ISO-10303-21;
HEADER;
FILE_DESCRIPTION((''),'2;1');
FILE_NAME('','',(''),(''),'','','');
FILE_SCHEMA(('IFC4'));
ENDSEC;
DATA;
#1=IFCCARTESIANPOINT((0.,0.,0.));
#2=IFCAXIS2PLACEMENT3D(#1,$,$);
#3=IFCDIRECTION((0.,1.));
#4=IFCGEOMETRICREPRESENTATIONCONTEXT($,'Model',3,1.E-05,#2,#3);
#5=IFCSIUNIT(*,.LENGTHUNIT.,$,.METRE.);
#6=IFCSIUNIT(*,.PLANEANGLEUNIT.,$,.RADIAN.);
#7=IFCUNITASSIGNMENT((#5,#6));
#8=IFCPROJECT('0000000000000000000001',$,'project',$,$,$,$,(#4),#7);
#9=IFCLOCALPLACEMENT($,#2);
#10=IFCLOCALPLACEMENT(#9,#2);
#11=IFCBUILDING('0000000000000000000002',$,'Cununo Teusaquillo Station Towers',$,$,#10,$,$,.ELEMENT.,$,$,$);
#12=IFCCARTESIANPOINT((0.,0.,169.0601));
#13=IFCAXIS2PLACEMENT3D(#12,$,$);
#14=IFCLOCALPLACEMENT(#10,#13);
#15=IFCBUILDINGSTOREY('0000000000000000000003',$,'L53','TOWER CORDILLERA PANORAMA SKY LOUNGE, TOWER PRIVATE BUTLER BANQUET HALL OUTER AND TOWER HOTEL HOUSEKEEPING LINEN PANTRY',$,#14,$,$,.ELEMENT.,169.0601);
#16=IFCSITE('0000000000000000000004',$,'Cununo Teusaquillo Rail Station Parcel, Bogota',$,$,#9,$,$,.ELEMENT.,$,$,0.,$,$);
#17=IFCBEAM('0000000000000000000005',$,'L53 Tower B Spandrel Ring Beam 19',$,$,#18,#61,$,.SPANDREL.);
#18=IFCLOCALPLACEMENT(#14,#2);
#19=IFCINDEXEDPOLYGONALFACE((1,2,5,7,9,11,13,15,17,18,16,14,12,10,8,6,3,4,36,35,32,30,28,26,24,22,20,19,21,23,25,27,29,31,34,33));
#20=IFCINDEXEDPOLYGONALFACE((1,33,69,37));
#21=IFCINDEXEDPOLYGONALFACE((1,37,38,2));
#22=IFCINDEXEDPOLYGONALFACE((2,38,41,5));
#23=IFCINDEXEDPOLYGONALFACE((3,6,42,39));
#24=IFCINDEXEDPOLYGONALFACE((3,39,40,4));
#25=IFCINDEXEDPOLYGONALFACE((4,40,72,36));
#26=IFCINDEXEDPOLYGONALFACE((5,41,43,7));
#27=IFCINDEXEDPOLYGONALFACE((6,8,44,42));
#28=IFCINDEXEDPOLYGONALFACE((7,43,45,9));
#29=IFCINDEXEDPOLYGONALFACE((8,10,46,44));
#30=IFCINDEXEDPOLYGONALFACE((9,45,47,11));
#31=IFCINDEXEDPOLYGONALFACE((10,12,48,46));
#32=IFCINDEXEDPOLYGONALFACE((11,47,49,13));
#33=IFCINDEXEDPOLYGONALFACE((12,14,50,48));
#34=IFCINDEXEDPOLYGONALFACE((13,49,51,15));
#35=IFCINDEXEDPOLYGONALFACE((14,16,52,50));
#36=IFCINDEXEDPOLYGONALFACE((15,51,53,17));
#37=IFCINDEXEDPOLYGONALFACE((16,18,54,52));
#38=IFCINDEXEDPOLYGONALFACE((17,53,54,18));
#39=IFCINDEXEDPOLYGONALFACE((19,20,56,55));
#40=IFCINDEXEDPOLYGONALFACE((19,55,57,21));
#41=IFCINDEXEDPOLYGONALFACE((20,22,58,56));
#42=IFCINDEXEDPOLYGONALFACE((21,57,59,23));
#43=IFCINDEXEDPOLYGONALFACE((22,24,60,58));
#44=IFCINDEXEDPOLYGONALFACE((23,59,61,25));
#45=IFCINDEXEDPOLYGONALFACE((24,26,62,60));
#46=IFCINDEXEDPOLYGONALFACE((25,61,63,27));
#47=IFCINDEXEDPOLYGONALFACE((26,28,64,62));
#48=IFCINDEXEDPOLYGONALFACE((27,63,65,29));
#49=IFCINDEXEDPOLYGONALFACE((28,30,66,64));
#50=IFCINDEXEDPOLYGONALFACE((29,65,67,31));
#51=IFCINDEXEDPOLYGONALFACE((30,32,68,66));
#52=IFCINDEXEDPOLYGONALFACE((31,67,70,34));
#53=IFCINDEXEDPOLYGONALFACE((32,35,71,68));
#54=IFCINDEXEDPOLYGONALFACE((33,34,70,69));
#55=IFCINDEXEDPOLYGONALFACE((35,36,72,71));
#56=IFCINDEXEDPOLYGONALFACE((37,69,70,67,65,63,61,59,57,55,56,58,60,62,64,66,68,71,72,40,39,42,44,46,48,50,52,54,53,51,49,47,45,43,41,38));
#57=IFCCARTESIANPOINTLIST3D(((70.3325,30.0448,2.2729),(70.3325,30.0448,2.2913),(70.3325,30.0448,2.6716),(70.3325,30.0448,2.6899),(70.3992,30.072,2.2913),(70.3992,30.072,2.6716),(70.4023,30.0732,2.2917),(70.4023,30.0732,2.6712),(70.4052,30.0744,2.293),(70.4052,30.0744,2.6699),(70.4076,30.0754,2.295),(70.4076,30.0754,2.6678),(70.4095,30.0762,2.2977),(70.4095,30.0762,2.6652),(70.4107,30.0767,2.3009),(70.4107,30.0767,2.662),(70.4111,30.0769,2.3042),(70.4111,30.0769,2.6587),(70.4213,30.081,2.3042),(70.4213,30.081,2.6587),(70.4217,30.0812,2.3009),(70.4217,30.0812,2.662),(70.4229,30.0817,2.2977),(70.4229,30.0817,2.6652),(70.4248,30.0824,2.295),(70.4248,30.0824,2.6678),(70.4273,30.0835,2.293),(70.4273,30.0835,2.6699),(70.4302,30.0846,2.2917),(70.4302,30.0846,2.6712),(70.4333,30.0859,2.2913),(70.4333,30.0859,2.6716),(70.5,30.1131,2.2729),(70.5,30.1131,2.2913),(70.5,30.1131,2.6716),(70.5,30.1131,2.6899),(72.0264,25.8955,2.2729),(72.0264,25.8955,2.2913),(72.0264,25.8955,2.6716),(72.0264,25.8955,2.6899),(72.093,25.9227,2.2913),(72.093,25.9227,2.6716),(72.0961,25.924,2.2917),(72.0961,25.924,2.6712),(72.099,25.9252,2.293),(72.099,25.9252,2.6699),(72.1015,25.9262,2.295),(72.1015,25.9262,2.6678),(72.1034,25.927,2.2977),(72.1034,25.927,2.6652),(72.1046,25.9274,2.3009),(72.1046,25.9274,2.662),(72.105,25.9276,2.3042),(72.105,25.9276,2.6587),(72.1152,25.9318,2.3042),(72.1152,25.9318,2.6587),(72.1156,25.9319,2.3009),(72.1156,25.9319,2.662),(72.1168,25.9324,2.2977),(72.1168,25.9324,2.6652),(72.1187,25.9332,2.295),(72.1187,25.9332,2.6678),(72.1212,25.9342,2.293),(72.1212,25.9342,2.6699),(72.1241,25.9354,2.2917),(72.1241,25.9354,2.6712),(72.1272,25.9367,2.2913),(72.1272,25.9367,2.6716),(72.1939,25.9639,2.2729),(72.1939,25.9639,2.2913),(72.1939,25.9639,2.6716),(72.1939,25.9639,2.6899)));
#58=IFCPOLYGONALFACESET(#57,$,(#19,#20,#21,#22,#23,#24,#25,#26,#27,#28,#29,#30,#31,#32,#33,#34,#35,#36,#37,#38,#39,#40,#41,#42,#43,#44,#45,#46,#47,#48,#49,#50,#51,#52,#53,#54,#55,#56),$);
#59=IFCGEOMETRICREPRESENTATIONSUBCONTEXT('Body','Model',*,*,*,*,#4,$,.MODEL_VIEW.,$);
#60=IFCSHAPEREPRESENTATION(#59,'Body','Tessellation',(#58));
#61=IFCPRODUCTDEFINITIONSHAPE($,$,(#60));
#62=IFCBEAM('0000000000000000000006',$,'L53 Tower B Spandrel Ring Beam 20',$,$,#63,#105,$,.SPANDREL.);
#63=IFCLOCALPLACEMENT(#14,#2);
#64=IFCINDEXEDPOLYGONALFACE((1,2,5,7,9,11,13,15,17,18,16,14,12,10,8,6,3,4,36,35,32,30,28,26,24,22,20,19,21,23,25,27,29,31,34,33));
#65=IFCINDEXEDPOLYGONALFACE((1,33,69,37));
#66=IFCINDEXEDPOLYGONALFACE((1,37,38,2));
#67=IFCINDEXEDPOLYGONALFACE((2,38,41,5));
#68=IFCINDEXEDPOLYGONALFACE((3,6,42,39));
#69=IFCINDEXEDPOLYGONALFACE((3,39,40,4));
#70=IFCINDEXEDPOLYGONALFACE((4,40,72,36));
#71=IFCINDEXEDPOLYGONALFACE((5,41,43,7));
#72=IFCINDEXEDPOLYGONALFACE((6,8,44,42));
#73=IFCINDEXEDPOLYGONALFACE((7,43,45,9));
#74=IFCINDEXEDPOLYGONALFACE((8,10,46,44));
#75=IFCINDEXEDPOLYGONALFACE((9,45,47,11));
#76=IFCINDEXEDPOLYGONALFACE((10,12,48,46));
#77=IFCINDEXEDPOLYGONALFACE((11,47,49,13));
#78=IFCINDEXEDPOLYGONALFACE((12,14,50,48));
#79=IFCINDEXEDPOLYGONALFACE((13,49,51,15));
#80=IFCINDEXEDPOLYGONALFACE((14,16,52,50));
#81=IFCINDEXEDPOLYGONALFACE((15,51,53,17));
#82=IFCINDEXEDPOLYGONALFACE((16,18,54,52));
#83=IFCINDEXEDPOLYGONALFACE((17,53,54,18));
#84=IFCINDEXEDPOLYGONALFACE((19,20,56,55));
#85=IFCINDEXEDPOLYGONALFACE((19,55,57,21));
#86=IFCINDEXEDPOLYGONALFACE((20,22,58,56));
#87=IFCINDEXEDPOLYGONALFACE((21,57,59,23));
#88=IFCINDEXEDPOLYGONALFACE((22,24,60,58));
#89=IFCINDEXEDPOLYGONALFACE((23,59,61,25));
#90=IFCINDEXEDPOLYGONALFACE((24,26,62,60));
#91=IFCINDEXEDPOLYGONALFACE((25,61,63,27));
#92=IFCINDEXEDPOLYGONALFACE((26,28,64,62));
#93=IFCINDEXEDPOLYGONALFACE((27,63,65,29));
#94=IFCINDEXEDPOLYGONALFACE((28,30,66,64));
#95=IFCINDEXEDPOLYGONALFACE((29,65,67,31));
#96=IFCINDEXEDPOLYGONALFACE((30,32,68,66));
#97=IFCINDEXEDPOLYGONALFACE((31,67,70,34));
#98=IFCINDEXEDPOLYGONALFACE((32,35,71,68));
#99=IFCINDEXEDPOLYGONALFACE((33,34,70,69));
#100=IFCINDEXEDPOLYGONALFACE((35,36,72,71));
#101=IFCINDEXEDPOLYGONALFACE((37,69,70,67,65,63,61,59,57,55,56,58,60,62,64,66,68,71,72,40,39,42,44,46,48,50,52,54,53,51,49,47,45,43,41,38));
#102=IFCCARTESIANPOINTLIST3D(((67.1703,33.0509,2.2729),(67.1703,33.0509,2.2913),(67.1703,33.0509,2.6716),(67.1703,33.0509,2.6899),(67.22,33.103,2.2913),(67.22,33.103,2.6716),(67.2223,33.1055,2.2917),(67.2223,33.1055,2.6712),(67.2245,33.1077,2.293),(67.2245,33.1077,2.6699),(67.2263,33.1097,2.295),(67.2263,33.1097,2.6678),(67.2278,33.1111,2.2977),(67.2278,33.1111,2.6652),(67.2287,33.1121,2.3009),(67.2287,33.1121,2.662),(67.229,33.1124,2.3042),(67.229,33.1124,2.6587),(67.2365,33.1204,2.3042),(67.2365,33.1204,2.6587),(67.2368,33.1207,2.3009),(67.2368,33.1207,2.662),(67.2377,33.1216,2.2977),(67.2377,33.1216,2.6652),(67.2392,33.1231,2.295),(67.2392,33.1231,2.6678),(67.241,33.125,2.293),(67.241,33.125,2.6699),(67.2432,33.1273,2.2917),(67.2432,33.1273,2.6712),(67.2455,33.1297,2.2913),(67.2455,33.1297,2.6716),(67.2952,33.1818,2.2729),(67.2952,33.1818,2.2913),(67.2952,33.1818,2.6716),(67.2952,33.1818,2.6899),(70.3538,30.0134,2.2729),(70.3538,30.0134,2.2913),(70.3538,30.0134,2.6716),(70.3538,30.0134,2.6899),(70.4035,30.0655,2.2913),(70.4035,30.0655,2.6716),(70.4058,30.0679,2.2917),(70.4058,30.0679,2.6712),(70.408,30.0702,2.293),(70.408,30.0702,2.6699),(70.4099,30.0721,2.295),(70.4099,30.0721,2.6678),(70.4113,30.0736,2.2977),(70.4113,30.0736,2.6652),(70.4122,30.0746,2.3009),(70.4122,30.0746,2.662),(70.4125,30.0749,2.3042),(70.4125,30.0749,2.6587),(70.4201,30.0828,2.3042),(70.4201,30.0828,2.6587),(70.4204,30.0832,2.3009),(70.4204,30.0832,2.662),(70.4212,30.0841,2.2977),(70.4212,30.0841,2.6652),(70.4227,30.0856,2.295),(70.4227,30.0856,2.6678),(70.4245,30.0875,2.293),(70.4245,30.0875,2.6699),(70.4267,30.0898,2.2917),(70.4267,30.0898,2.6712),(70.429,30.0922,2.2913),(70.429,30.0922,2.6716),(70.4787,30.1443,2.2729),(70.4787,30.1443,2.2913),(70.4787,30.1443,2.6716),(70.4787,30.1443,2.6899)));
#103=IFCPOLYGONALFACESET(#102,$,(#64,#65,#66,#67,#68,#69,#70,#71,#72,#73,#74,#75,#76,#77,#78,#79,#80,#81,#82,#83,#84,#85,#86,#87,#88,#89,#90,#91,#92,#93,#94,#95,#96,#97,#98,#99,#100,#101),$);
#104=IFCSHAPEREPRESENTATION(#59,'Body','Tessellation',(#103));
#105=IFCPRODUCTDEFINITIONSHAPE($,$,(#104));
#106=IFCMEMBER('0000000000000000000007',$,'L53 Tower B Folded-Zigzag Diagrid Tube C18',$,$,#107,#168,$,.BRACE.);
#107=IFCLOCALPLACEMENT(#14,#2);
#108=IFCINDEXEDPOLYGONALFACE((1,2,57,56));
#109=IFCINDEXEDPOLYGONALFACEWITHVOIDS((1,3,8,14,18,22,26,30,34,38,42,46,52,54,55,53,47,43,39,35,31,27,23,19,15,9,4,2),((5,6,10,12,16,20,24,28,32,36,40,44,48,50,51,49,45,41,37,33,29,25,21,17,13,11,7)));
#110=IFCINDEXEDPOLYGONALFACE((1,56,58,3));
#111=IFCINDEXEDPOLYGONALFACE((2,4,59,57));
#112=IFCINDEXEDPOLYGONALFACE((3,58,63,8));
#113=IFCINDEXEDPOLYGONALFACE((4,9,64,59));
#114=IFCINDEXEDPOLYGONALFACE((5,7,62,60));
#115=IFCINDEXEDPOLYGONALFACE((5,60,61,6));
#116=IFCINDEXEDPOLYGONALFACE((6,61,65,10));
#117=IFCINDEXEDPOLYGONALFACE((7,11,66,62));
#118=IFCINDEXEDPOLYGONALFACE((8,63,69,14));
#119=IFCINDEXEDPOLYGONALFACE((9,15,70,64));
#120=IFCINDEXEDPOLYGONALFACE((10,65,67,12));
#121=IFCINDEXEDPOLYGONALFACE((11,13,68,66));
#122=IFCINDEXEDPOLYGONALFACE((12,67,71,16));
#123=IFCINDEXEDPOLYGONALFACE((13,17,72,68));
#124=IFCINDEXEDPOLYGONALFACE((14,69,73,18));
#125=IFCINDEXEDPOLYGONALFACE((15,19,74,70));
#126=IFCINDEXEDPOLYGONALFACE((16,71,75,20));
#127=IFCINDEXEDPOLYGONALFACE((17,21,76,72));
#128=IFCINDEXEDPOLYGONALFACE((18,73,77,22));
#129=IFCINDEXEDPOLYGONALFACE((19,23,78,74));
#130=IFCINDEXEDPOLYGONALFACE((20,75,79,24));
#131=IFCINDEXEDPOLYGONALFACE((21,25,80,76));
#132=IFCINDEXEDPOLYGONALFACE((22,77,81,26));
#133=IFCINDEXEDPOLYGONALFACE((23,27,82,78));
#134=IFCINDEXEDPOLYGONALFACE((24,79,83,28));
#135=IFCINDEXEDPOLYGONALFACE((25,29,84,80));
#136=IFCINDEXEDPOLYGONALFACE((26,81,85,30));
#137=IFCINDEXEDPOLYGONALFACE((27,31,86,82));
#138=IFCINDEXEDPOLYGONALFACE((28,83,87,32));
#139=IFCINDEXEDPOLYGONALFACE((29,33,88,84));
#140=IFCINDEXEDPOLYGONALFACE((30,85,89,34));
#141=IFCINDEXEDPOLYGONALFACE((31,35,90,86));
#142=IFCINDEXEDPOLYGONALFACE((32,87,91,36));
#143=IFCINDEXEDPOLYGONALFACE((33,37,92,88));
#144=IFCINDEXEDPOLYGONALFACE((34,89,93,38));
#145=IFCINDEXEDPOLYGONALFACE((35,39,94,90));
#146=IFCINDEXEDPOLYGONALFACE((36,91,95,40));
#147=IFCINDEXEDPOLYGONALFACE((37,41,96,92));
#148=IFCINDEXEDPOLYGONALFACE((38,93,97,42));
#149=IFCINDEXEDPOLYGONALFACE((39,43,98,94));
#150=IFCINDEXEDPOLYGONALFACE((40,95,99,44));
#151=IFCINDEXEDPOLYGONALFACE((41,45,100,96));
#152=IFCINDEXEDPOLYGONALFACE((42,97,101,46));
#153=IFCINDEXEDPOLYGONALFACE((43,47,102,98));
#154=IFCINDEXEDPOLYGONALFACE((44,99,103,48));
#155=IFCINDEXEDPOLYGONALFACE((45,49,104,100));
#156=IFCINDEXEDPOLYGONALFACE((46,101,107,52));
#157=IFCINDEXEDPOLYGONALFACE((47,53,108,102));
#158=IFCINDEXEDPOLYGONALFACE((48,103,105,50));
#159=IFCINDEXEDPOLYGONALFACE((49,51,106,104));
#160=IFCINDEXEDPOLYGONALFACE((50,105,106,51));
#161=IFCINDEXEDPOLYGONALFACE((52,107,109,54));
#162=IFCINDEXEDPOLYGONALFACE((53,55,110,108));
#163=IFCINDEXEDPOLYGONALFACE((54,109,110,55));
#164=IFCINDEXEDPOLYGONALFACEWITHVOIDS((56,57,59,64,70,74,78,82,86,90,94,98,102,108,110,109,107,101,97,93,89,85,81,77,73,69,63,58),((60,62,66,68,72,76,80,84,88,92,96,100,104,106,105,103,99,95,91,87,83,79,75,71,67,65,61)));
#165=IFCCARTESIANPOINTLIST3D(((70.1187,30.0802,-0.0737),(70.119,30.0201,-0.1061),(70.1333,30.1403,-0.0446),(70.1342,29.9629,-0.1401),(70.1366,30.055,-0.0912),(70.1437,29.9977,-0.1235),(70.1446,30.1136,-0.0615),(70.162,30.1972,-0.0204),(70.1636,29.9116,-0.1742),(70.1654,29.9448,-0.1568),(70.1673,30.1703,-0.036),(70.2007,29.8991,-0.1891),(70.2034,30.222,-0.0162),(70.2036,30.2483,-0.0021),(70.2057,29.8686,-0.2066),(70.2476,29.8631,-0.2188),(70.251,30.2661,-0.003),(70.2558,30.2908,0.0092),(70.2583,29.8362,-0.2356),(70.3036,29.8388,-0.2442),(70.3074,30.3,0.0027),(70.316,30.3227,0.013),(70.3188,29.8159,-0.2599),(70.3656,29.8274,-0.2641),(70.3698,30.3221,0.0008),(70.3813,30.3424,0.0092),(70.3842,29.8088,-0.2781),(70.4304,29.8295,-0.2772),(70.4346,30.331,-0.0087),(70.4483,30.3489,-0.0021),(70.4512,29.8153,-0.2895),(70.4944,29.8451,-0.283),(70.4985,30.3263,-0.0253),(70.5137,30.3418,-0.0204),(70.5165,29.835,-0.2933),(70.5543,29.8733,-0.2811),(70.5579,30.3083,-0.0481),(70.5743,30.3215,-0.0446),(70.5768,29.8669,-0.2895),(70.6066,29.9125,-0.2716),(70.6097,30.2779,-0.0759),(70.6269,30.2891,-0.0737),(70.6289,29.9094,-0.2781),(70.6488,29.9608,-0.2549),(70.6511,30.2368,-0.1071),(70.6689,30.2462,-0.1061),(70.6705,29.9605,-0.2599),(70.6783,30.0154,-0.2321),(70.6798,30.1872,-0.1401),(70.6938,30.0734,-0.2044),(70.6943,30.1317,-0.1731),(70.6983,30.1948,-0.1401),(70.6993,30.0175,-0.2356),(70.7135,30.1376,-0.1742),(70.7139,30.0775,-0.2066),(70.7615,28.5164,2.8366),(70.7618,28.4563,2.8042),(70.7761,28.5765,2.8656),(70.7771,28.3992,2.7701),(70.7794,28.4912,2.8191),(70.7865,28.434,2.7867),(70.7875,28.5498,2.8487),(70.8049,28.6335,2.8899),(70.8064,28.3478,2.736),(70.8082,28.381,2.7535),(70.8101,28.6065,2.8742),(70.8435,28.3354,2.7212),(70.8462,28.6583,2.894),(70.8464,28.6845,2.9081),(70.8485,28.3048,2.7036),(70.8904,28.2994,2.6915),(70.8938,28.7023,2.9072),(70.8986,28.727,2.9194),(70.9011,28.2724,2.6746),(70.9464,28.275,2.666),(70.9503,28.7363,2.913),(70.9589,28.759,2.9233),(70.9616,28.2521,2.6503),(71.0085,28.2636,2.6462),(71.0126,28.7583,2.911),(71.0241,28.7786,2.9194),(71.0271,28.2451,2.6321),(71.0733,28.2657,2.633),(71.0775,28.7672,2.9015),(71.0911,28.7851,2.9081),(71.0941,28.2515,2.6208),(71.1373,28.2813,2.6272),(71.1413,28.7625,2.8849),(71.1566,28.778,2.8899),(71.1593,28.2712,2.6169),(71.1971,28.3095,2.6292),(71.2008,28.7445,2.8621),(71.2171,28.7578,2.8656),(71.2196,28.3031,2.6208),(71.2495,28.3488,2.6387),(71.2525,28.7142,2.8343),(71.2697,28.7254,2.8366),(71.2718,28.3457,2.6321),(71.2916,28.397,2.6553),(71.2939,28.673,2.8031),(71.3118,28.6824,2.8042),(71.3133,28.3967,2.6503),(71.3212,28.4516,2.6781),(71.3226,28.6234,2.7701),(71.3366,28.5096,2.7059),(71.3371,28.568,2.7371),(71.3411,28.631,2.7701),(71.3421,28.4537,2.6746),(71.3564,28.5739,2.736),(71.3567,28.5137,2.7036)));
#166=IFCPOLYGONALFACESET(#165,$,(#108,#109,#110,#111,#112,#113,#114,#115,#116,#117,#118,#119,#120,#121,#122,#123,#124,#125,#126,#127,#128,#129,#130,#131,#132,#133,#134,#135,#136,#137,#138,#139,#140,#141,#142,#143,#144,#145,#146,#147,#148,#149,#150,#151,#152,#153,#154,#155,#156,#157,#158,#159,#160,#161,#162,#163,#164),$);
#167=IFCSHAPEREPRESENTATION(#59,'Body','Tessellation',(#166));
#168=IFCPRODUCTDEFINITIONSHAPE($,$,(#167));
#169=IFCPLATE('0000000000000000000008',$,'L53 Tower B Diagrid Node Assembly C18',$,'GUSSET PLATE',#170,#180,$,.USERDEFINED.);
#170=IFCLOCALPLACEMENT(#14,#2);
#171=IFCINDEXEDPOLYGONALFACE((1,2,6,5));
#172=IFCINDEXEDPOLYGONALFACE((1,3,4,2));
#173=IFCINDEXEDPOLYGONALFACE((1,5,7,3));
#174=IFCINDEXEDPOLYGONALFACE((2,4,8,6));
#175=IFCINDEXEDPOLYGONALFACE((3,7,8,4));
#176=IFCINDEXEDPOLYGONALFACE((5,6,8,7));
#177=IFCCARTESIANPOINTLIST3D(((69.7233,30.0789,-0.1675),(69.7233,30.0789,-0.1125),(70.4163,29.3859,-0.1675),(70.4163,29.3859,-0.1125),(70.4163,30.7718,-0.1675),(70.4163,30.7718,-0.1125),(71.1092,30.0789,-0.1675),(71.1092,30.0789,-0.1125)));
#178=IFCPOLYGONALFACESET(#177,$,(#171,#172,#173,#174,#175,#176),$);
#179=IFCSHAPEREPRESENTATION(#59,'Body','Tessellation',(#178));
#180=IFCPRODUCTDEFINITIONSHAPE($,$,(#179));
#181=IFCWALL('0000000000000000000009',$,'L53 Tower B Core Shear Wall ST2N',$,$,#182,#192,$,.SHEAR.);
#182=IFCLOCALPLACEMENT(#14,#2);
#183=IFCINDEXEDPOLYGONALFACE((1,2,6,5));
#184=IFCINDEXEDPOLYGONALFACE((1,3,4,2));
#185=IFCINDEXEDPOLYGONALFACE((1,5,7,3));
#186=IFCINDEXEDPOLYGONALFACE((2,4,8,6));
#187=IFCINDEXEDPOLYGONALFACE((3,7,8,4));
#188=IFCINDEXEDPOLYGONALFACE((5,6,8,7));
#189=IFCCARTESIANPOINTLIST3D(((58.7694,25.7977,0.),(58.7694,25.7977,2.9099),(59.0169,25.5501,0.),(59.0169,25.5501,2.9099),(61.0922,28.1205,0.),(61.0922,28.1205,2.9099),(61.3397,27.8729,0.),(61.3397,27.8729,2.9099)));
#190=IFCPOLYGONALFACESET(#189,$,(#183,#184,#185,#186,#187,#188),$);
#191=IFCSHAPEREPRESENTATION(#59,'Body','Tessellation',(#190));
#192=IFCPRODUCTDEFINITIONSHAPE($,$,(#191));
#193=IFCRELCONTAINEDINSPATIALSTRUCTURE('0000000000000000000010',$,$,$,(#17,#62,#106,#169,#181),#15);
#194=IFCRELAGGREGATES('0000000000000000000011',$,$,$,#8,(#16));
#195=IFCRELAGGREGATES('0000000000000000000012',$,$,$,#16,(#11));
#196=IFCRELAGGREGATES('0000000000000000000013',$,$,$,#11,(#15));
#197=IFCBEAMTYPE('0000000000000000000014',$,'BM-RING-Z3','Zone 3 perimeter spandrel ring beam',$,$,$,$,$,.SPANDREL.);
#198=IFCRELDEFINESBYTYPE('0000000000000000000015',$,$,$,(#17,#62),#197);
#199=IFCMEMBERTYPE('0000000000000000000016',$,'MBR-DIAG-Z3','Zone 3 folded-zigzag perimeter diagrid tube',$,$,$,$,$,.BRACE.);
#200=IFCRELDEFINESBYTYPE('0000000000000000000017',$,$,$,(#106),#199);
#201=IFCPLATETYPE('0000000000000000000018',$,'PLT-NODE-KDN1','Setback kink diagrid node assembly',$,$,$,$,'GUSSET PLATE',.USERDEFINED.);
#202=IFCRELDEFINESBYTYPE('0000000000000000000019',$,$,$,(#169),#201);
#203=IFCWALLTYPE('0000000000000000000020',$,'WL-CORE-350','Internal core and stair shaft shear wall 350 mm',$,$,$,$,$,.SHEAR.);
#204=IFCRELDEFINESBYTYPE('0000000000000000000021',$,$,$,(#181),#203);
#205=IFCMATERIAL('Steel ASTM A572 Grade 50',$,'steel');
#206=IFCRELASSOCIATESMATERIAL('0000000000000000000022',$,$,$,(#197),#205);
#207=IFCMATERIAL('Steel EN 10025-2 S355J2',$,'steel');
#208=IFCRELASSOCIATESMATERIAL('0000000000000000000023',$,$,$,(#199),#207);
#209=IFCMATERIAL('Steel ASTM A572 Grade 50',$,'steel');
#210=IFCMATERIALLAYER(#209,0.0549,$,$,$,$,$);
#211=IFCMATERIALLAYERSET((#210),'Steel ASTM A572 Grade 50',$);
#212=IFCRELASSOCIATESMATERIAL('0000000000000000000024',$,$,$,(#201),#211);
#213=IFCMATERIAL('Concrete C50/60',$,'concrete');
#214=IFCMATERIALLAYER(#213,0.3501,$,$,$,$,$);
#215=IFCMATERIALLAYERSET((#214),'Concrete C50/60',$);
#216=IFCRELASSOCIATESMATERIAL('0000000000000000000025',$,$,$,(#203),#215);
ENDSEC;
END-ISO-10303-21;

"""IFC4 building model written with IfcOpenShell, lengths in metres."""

from ifc_helpers import new_model, si_unit, direction, frame, frame_2d, origin, origin_2d, place, context, subcontext, project, spatial, rectangle, hollow_circle, i_section, extrude, source, transform, mapped, material, layer, layer_set, material_profile, profile_set, type_object, element, save


model = new_model("IFC4")

# Units and contexts
model_context = context("Model", 3, precision=1e-05, world=origin(), true_north=direction((0.0, 1.0)))
body_context = subcontext(model_context, "Body", "Model", "MODEL_VIEW")
ifc_project = project(units=[si_unit("LENGTHUNIT", "METRE"), si_unit("PLANEANGLEUNIT", "RADIAN")], contexts=[model_context])

# Site, building, storey
site_placement = place(None, origin())
site = spatial("IfcSite", under=ifc_project, at=site_placement, Name="Cununo Teusaquillo Rail Station Parcel, Bogota", CompositionType="ELEMENT", RefElevation=0.0)
building_placement = place(site_placement, origin())
building = spatial("IfcBuilding", under=site, at=building_placement, Name="Cununo Teusaquillo Station Towers", CompositionType="ELEMENT")
storey_placement = place(building_placement, frame((0.0, 0.0, 169.0601)))
storey = spatial("IfcBuildingStorey", under=building, at=storey_placement, Name="L53", Description="TOWER CORDILLERA PANORAMA SKY LOUNGE, TOWER PRIVATE BUTLER BANQUET HALL OUTER AND TOWER HOTEL HOUSEKEEPING LINEN PANTRY", CompositionType="ELEMENT", Elevation=169.0601)

# Beams
ifc_material_1 = material(Name="Steel ASTM A572 Grade 50", Category="steel")
ifc_material_profile_1 = material_profile(ifc_material_1, i_section(OverallWidth=0.1809, OverallDepth=0.417, WebThickness=0.011, FlangeThickness=0.0183, FilletRadius=0.0129, at=origin_2d()), Name="W16X57")
ifc_profile_set_1 = profile_set([ifc_material_profile_1], Name="Steel ASTM A572 Grade 50")
beam_type_1 = type_object("IfcBeamType", Name="BM-RING-Z3", Description="Zone 3 perimeter spandrel ring beam", PredefinedType="SPANDREL", material=ifc_profile_set_1)
beam_1_placement = place(storey_placement, frame((72.1101, 25.9297, 2.4814), z_axis=(-0.377956, 0.925824, 0.0), x_axis=(-0.925824, -0.377956, 0.0)))
element("IfcBeam", 1, at=beam_1_placement, inside=storey, type_object=beam_type_1, Name="L53 Tower B Spandrel Ring Beam 19", PredefinedType="SPANDREL", context=body_context, shape_type="SweptSolid", body=[
    extrude(i_section(OverallWidth=0.1809, OverallDepth=0.417, WebThickness=0.011, FlangeThickness=0.0183, FilletRadius=0.0129, at=origin_2d()), origin(), (0.0, 0.0, 1.0), 4.4817),
])
beam_2_placement = place(storey_placement, frame((70.4163, 30.0789, 2.4814), z_axis=(-0.723502, 0.690323, 0.0), x_axis=(-0.690323, -0.723502, 0.0)))
element("IfcBeam", 2, at=beam_2_placement, inside=storey, type_object=beam_type_1, Name="L53 Tower B Spandrel Ring Beam 20", PredefinedType="SPANDREL", context=body_context, shape_type="SweptSolid", body=[
    extrude(i_section(OverallWidth=0.1809, OverallDepth=0.417, WebThickness=0.011, FlangeThickness=0.0183, FilletRadius=0.0129, at=origin_2d()), origin(), (0.0, 0.0, 1.0), 4.4001),
])

# Member
ifc_material_2 = material(Name="Steel EN 10025-2 S355J2", Category="steel")
ifc_material_profile_2 = material_profile(ifc_material_2, hollow_circle(Radius=0.3049, WallThickness=0.02, at=origin_2d()), Name="CHS 610x20")
ifc_profile_set_2 = profile_set([ifc_material_profile_2], Name="Steel EN 10025-2 S355J2")
member_type = type_object("IfcMemberType", Name="MBR-DIAG-Z3", Description="Zone 3 folded-zigzag perimeter diagrid tube", PredefinedType="BRACE", material=ifc_profile_set_2)
member_placement = place(storey_placement, frame((70.4163, 30.0789, -0.1401), z_axis=(0.190996, -0.464615, 0.86467), x_axis=(0.924899, 0.380212, 0.0)))
element("IfcMember", 3, at=member_placement, inside=storey, type_object=member_type, Name="L53 Tower B Folded-Zigzag Diagrid Tube C18", PredefinedType="BRACE", context=body_context, shape_type="SweptSolid", body=[
    extrude(hollow_circle(Radius=0.3049, WallThickness=0.02, at=origin_2d()), origin(), (0.0, 0.0, 1.0), 3.3657),
])

# Plate
ifc_material_3 = material(Name="Steel ASTM A572 Grade 50", Category="steel")
ifc_layer_1 = layer(ifc_material_3, 0.0549)
ifc_layer_set_1 = layer_set([ifc_layer_1], Name="Steel ASTM A572 Grade 50")
plate_type = type_object("IfcPlateType", Name="PLT-NODE-KDN1", Description="Setback kink diagrid node assembly", ElementType="GUSSET PLATE", PredefinedType="USERDEFINED", material=ifc_layer_set_1)
shared_shape_1 = source(origin(), body_context, "Body", "SweptSolid", [
    extrude(rectangle(XDim=0.98, YDim=0.98, at=origin_2d()), origin(), (0.0, 0.0, 1.0), 0.0549),
])
plate_placement = place(storey_placement, frame((70.4163, 30.0789, -0.1675), z_axis=(0.0, 0.0, 1.0), x_axis=(0.707107, 0.707107, 0.0)))
element("IfcPlate", 4, at=plate_placement, inside=storey, type_object=plate_type, Name="L53 Tower B Diagrid Node Assembly C18", ObjectType="GUSSET PLATE", PredefinedType="USERDEFINED", context=body_context, shape_type="MappedRepresentation", body=[
    mapped(shared_shape_1, transform((0.0, 0.0, 0.0), x_axis=(1.0, 0.0, 0.0), y_axis=(0.0, 1.0, 0.0), z_axis=(0.0, 0.0, 1.0), scale=1.0)),
])

# Wall
ifc_material_4 = material(Name="Concrete C50/60", Category="concrete")
ifc_layer_2 = layer(ifc_material_4, 0.3501)
ifc_layer_set_2 = layer_set([ifc_layer_2], Name="Concrete C50/60")
wall_type_1 = type_object("IfcWallType", Name="WL-CORE-350", Description="Internal core and stair shaft shear wall 350 mm", PredefinedType="SHEAR", material=ifc_layer_set_2)
wall_1_placement = place(storey_placement, frame((58.8931, 25.6738, 0.0), z_axis=(0.0, 0.0, 1.0), x_axis=(0.707107, 0.707107, 0.0)))
element("IfcWall", 5, at=wall_1_placement, inside=storey, type_object=wall_type_1, Name="L53 Tower B Core Shear Wall ST2N", PredefinedType="SHEAR", context=body_context, shape_type="SweptSolid", body=[
    extrude(rectangle(XDim=3.2849, YDim=0.3501, at=frame_2d((1.6426, 0.0))), origin(), (0.0, 0.0, 1.0), 2.9099),
])

save(model, "model.ifc")
